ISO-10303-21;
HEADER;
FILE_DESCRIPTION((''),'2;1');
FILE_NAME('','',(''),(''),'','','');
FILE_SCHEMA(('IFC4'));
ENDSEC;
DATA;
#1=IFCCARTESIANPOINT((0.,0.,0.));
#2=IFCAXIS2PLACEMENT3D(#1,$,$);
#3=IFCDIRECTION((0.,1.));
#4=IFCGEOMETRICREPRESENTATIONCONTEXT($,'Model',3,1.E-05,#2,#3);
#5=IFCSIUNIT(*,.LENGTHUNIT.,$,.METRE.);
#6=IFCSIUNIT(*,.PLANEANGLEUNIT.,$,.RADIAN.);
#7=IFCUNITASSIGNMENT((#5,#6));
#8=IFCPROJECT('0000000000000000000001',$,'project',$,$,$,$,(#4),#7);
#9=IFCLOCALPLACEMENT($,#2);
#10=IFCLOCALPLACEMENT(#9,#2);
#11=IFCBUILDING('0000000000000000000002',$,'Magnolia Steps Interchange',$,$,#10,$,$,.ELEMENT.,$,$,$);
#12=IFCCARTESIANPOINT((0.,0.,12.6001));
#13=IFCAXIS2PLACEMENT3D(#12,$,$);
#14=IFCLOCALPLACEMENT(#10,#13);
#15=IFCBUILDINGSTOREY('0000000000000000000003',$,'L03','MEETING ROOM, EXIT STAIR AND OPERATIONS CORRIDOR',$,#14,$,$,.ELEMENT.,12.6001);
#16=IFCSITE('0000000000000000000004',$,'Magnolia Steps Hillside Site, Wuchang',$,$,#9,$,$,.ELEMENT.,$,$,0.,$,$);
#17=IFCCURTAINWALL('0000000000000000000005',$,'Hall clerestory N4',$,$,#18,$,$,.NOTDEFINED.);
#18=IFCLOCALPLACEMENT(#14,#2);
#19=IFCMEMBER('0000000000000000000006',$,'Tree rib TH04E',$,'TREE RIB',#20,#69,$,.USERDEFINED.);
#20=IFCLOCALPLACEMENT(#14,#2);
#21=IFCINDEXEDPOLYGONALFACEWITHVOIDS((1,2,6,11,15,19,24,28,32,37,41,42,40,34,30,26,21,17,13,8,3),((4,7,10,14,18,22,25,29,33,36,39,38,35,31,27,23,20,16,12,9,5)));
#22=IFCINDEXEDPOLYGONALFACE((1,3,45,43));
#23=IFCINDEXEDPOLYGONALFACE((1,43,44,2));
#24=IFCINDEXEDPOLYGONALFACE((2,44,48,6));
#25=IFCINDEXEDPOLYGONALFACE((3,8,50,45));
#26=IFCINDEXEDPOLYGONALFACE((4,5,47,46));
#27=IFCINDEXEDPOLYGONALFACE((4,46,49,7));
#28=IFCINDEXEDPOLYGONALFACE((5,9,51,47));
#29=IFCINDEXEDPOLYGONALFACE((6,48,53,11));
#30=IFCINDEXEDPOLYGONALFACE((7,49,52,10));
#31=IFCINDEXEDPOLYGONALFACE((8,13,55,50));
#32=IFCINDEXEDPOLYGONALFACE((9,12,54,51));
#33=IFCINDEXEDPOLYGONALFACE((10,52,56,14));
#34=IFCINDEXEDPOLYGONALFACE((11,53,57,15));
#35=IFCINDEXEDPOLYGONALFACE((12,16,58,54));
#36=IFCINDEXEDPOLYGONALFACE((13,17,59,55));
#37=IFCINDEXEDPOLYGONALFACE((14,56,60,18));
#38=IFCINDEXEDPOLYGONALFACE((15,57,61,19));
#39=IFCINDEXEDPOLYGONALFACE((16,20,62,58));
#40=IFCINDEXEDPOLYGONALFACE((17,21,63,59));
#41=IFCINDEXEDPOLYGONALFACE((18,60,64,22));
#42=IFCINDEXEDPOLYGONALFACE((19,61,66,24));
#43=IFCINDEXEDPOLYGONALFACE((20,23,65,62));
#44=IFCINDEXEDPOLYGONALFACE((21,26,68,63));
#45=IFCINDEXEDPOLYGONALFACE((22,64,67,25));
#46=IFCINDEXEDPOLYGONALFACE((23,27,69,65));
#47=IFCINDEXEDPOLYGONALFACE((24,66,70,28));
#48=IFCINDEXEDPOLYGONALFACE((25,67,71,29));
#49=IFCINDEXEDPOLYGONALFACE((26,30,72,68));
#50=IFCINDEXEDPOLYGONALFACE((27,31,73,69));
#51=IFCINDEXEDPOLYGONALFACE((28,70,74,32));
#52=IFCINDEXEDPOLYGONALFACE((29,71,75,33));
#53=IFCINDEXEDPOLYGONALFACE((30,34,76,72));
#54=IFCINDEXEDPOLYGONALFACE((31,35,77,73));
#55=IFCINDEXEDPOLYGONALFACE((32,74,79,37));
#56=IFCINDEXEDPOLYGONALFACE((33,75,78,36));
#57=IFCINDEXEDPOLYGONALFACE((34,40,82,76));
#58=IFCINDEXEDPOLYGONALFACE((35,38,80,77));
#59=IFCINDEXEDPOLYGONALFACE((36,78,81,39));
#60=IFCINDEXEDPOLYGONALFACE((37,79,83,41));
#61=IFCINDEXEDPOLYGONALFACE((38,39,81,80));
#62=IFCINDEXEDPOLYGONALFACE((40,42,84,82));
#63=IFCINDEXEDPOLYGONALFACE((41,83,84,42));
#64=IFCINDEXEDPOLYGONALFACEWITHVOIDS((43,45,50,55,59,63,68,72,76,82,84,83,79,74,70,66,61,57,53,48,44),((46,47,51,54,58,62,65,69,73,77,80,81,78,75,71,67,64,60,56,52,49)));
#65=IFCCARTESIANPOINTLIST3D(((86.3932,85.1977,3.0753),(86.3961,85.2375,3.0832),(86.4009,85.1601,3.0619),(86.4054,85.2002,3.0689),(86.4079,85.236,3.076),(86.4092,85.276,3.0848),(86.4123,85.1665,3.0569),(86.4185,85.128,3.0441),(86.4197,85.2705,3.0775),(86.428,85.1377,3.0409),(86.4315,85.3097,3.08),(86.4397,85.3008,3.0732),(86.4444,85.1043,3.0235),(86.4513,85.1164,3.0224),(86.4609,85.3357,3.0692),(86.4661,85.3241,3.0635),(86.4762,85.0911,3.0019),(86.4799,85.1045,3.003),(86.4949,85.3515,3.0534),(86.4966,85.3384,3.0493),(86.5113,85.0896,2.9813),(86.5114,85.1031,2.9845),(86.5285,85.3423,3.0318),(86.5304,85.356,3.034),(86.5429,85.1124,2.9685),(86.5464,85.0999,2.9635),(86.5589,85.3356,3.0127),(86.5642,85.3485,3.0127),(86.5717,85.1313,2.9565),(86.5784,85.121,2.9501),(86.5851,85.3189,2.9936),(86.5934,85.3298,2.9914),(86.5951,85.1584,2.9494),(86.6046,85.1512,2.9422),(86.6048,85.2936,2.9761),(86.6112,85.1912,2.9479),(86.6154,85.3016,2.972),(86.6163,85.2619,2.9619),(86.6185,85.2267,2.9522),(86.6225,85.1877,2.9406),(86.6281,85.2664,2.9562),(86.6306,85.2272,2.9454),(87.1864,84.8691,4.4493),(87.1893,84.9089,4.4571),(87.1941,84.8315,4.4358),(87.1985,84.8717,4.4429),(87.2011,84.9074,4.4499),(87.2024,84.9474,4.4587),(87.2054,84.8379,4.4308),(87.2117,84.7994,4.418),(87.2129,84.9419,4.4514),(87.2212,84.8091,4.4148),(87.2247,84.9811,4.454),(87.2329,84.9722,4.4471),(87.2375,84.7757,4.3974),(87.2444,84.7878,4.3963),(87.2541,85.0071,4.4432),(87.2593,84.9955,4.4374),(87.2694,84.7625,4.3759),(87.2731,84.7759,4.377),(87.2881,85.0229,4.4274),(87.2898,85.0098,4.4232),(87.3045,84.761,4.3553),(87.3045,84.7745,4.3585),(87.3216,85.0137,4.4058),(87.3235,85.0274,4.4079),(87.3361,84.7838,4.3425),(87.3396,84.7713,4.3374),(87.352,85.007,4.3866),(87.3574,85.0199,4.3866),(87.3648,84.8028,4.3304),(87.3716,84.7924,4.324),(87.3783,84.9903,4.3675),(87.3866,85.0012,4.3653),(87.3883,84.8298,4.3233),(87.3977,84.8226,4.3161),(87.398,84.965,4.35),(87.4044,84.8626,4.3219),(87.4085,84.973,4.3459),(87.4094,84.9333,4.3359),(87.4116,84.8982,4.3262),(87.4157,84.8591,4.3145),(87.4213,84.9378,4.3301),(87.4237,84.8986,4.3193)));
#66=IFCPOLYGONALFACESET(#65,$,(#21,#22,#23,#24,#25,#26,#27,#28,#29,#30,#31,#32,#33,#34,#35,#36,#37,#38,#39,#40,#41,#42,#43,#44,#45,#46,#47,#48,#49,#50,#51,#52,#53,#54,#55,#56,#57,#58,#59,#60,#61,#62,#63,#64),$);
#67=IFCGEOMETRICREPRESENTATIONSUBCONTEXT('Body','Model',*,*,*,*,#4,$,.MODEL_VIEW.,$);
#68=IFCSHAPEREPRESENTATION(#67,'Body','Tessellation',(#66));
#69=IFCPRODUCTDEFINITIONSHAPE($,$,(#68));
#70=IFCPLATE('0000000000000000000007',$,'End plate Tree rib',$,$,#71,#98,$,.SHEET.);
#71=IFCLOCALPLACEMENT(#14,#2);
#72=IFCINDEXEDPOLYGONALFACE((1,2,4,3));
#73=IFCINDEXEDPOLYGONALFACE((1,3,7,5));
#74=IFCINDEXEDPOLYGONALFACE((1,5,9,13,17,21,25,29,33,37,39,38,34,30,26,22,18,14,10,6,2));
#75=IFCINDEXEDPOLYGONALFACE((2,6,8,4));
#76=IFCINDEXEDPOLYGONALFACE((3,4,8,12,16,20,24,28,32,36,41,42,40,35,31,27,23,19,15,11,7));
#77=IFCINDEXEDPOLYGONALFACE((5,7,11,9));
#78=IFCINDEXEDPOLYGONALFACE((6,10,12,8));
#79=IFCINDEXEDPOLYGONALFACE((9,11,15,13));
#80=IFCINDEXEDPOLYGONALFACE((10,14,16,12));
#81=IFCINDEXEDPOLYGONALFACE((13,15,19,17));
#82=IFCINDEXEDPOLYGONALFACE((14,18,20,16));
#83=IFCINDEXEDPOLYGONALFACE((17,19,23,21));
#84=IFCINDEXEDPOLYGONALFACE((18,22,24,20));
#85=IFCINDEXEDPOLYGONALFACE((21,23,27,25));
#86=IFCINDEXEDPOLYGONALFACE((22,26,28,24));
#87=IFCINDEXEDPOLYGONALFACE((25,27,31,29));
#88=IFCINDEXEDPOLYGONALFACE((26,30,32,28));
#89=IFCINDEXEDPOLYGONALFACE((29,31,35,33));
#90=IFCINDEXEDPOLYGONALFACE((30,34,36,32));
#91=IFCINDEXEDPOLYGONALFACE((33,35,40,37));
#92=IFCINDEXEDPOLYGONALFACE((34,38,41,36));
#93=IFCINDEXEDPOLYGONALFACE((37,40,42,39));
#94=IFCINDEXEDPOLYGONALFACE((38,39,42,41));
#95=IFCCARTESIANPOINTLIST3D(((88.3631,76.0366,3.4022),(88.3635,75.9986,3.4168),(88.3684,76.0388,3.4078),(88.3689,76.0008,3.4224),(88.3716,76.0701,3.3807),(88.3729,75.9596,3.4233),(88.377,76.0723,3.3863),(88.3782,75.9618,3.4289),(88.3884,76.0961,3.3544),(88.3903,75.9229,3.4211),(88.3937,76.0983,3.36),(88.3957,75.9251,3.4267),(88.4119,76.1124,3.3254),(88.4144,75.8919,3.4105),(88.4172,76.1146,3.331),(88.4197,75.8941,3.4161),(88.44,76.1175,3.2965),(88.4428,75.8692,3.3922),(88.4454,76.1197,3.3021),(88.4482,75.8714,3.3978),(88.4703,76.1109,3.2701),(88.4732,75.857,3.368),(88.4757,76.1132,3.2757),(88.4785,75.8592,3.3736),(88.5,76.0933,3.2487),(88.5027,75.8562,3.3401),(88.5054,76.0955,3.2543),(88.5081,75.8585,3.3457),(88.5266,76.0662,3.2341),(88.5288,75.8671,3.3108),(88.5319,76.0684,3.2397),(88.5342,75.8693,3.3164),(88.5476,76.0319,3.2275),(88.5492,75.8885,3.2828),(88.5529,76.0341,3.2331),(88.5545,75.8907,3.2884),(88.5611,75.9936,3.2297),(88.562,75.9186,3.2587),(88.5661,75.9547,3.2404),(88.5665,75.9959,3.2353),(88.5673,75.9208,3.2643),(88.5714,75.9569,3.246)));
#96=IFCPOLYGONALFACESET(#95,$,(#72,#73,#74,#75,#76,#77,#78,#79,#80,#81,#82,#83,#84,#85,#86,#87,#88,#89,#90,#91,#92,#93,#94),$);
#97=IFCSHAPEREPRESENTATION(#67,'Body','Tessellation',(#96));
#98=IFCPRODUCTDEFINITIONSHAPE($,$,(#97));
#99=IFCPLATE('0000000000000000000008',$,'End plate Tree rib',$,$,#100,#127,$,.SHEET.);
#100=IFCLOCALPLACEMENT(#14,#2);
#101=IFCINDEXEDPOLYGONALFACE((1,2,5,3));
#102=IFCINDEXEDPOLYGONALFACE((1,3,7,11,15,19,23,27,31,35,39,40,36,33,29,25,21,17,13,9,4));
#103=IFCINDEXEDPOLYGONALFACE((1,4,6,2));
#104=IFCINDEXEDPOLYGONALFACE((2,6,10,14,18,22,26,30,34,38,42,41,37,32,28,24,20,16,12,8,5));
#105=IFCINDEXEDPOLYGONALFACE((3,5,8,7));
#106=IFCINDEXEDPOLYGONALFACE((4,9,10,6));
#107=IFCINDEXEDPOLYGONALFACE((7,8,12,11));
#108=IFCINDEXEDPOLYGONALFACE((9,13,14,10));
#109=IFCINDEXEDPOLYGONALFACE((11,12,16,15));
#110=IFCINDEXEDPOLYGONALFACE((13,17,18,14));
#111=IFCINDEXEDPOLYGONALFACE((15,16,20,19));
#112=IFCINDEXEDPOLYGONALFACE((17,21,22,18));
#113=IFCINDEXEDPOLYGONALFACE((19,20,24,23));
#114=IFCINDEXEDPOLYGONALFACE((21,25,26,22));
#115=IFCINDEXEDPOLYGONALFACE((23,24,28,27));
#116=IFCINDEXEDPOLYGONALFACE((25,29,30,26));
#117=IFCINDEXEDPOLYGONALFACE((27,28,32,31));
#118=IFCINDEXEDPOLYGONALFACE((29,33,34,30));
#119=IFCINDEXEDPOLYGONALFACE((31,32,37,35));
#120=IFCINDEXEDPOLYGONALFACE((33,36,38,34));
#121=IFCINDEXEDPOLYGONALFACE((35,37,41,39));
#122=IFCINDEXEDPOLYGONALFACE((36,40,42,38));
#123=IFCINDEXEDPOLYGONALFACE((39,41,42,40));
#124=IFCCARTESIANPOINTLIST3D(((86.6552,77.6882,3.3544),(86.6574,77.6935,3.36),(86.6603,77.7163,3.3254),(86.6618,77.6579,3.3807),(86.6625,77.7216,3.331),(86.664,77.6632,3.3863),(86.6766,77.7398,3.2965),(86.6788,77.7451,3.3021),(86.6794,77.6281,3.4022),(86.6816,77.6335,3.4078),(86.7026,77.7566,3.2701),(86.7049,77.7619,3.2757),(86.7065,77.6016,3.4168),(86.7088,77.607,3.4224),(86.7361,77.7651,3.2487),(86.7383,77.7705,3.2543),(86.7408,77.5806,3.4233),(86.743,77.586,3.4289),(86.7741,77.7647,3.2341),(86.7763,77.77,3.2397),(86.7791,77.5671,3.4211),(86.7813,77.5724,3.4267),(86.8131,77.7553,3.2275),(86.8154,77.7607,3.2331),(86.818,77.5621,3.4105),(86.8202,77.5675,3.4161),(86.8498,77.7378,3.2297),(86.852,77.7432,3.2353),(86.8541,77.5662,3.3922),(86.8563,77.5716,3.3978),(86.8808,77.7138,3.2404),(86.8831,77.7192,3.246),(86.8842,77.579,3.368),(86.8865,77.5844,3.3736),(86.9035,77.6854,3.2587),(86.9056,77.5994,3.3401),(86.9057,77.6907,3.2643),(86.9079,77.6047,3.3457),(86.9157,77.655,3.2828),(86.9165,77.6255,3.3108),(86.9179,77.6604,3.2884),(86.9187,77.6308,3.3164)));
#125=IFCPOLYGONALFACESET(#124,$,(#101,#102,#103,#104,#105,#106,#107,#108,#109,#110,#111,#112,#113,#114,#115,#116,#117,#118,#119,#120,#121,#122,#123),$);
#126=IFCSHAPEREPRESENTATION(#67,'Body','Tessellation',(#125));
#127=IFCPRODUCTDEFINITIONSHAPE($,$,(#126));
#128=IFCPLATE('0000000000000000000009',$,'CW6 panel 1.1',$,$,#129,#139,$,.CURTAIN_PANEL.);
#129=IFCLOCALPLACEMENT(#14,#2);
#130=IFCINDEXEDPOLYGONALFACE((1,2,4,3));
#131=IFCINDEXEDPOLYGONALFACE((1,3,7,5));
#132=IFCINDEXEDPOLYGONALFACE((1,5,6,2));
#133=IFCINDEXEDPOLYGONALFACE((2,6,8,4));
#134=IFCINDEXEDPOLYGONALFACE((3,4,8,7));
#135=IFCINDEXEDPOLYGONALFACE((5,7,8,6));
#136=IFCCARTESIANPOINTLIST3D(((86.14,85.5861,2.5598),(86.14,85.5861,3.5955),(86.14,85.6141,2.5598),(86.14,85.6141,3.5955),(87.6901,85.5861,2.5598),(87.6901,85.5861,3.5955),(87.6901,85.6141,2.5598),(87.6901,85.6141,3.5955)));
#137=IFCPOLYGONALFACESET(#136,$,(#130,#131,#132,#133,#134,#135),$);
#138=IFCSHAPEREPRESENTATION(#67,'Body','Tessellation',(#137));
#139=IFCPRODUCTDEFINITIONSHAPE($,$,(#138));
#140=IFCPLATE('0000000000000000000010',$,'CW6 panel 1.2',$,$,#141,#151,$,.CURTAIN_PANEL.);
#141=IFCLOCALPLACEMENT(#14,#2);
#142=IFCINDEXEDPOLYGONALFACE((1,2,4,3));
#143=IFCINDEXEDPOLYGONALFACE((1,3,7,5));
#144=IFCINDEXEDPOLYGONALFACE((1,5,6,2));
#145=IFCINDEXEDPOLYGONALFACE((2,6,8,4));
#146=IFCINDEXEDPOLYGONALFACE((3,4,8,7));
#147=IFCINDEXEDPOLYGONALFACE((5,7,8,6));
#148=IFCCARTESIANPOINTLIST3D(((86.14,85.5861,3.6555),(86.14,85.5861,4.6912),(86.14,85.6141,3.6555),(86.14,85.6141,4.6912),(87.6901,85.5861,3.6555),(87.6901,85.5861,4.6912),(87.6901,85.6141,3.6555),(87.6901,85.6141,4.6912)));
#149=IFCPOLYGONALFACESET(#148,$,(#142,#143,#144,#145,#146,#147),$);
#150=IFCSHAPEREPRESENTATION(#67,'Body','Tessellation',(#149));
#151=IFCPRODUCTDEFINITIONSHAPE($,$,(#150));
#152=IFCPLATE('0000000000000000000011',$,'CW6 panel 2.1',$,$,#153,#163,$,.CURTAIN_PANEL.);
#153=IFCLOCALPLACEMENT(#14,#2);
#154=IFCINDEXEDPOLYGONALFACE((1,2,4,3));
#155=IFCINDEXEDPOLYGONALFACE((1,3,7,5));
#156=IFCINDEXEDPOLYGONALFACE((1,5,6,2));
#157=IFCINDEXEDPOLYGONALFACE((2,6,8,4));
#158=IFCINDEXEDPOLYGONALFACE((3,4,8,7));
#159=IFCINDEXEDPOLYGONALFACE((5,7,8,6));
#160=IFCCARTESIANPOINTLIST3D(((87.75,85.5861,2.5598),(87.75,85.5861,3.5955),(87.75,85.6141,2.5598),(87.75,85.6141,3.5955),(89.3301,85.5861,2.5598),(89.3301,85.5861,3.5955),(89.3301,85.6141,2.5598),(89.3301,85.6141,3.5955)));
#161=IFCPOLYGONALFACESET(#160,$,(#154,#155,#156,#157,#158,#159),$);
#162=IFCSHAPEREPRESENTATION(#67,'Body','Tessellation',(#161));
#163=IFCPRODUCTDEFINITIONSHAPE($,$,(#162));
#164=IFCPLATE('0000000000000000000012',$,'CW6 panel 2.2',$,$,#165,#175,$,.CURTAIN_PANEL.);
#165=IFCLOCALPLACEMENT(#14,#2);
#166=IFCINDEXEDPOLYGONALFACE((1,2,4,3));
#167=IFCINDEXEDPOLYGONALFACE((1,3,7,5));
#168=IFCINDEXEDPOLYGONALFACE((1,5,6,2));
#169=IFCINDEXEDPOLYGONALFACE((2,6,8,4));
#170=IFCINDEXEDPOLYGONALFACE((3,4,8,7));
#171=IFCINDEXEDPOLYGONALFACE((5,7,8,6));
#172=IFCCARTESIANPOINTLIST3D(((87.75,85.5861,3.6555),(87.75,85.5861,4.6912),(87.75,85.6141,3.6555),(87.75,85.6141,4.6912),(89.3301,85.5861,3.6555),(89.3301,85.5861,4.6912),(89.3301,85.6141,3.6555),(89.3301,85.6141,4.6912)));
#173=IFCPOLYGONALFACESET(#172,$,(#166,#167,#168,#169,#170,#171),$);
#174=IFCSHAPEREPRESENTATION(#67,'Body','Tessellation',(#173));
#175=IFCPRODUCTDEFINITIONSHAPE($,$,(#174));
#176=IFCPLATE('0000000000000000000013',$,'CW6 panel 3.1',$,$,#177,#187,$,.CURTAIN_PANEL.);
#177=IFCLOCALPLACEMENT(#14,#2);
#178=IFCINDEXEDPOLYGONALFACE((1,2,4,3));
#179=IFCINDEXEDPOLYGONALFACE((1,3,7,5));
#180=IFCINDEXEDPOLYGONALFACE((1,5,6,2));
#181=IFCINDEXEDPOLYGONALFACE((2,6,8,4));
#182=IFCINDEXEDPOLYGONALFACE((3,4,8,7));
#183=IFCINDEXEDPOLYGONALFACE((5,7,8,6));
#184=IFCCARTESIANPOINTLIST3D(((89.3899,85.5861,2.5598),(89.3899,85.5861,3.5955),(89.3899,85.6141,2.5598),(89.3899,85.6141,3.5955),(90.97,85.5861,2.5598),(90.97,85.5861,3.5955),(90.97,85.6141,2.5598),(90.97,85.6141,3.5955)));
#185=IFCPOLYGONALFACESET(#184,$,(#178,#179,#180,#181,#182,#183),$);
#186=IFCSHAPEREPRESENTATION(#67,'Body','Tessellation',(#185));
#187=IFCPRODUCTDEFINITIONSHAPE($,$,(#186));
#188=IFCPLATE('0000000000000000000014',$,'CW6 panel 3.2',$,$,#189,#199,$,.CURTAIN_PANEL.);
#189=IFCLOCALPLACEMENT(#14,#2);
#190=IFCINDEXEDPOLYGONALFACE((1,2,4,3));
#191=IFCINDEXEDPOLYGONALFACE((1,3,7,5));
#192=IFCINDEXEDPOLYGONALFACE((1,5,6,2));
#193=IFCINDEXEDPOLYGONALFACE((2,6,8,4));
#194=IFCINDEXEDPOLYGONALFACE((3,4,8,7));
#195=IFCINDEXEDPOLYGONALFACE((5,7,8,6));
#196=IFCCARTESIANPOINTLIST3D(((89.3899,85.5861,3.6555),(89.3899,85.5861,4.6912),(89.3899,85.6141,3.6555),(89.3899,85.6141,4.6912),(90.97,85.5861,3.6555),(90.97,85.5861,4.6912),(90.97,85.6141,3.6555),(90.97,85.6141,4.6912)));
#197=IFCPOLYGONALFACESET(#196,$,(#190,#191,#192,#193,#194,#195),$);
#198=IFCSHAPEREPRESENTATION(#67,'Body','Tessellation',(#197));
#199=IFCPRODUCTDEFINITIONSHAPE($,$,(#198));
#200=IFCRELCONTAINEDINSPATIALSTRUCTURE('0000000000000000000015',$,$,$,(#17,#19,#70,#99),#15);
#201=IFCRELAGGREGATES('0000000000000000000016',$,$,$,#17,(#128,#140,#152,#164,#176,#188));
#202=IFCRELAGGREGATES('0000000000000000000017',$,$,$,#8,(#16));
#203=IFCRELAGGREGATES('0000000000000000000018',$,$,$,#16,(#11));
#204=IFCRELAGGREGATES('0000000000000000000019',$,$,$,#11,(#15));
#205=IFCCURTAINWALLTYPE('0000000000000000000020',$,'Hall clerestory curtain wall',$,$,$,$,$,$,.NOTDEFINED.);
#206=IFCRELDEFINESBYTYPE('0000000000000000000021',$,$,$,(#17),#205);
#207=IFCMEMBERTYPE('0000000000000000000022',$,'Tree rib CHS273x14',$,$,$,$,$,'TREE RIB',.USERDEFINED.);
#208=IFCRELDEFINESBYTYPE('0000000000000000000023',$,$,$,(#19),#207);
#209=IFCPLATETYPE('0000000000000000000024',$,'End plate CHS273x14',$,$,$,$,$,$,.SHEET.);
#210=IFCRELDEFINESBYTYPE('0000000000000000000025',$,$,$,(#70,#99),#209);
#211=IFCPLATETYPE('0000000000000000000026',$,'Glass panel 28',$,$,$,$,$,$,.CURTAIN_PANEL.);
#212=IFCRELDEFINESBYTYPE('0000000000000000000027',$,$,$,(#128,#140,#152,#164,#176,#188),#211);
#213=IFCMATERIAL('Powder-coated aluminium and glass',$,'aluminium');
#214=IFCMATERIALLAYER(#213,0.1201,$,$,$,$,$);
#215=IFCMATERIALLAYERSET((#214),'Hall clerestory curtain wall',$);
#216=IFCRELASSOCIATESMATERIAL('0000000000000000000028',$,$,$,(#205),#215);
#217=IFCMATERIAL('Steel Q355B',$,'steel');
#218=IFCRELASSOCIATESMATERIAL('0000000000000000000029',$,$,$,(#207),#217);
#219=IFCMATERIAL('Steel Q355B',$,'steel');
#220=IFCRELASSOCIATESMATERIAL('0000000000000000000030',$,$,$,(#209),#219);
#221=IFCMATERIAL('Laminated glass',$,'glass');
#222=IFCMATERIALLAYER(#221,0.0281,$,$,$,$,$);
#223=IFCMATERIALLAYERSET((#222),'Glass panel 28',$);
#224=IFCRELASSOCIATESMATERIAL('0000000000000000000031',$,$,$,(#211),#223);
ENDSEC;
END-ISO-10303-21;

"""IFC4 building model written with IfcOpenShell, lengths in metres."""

from ifc_helpers import new_model, si_unit, direction, frame, origin, origin_2d, place, context, subcontext, project, spatial, rectangle, circle, hollow_circle, extrude, material, layer, layer_set, material_profile, profile_set, type_object, element, aggregate, save


model = new_model("IFC4")

# Units and contexts
model_context = context("Model", 3, precision=1e-05, world=origin(), true_north=direction((0.0, 1.0)))
body_context = subcontext(model_context, "Body", "Model", "MODEL_VIEW")
ifc_project = project(units=[si_unit("LENGTHUNIT", "METRE"), si_unit("PLANEANGLEUNIT", "RADIAN")], contexts=[model_context])

# Site, building, storey
site_placement = place(None, origin())
site = spatial("IfcSite", under=ifc_project, at=site_placement, Name="Magnolia Steps Hillside Site, Wuchang", CompositionType="ELEMENT", RefElevation=0.0)
building_placement = place(site_placement, origin())
building = spatial("IfcBuilding", under=site, at=building_placement, Name="Magnolia Steps Interchange", CompositionType="ELEMENT")
storey_placement = place(building_placement, frame((0.0, 0.0, 12.6001)))
storey = spatial("IfcBuildingStorey", under=building, at=storey_placement, Name="L03", Description="MEETING ROOM, EXIT STAIR AND OPERATIONS CORRIDOR", CompositionType="ELEMENT", Elevation=12.6001)

# Curtain wall
ifc_material_1 = material(Name="Powder-coated aluminium and glass", Category="aluminium")
ifc_layer_1 = layer(ifc_material_1, 0.1201)
ifc_layer_set_1 = layer_set([ifc_layer_1], Name="Hall clerestory curtain wall")
curtain_wall_type = type_object("IfcCurtainWallType", Name="Hall clerestory curtain wall", PredefinedType="NOTDEFINED", material=ifc_layer_set_1)
curtain_wall_placement = place(storey_placement, origin())
curtain_wall = element("IfcCurtainWall", 1, at=curtain_wall_placement, inside=storey, type_object=curtain_wall_type, Name="Hall clerestory N4", PredefinedType="NOTDEFINED")

# Member
ifc_material_2 = material(Name="Steel Q355B", Category="steel")
ifc_material_profile_1 = material_profile(ifc_material_2, hollow_circle(Radius=0.1365, WallThickness=0.0139, at=origin_2d()), Name="CHS273x14")
ifc_profile_set_1 = profile_set([ifc_material_profile_1], Name="Steel Q355B")
member_type_1 = type_object("IfcMemberType", Name="Tree rib CHS273x14", ElementType="TREE RIB", PredefinedType="USERDEFINED", material=ifc_profile_set_1)
for number, where, z_axis, x_axis, name in (
    (2, (86.512, 85.2224, 3.0127), (0.489571, -0.20282, 0.848047), (0.382737, 0.923857, 0.0), "Tree rib TH04E"),
):
    element("IfcMember", number, at=place(storey_placement, frame(where, z_axis=z_axis, x_axis=x_axis)), inside=storey, type_object=member_type_1, Name=name, ObjectType="TREE RIB", PredefinedType="USERDEFINED", context=body_context, shape_type="SweptSolid", body=[
        extrude(hollow_circle(Radius=0.1365, WallThickness=0.0139, at=origin_2d()), origin(), (0.0, 0.0, 1.0), 1.6201),
    ])

# Plates
ifc_material_3 = material(Name="Steel Q355B", Category="steel")
ifc_material_profile_2 = material_profile(ifc_material_3, circle(Radius=0.1365, at=origin_2d()), Name="End plate CHS273x14")
ifc_profile_set_2 = profile_set([ifc_material_profile_2], Name="Steel Q355B")
plate_type_1 = type_object("IfcPlateType", Name="End plate CHS273x14", PredefinedType="SHEET", material=ifc_profile_set_2)
for number, where, z_axis, x_axis, name in (
    (3, (88.4641, 75.9863, 3.3254), (0.664583, 0.275279, 0.694658), (-0.382683, 0.92388, 0.0), "End plate Tree rib"),
    (4, (86.7864, 77.6641, 3.3254), (0.275279, 0.664583, 0.694658), (-0.92388, 0.382683, 0.0), "End plate Tree rib"),
):
    element("IfcPlate", number, at=place(storey_placement, frame(where, z_axis=z_axis, x_axis=x_axis)), inside=storey, type_object=plate_type_1, Name=name, PredefinedType="SHEET", context=body_context, shape_type="SweptSolid", body=[
        extrude(circle(Radius=0.1365, at=origin_2d()), origin(), (0.0, 0.0, 1.0), 0.0081),
    ])

# Plates
ifc_material_4 = material(Name="Laminated glass", Category="glass")
ifc_layer_2 = layer(ifc_material_4, 0.0281)
ifc_layer_set_2 = layer_set([ifc_layer_2], Name="Glass panel 28")
plate_type_2 = type_object("IfcPlateType", Name="Glass panel 28", PredefinedType="CURTAIN_PANEL", material=ifc_layer_set_2)
plate_1_placement = place(storey_placement, frame((86.915, 85.6001, 2.5598), z_axis=(0.0, 0.0, 1.0), x_axis=(1.0, 0.0, 0.0)))
plate_1 = element("IfcPlate", 5, at=plate_1_placement, type_object=plate_type_2, Name="CW6 panel 1.1", PredefinedType="CURTAIN_PANEL", context=body_context, shape_type="SweptSolid", body=[
    extrude(rectangle(XDim=1.55, YDim=0.0281, at=origin_2d()), origin(), (0.0, 0.0, 1.0), 1.0356),
])
plate_2_placement = place(storey_placement, frame((86.915, 85.6001, 3.6555), z_axis=(0.0, 0.0, 1.0), x_axis=(1.0, 0.0, 0.0)))
plate_2 = element("IfcPlate", 6, at=plate_2_placement, type_object=plate_type_2, Name="CW6 panel 1.2", PredefinedType="CURTAIN_PANEL", context=body_context, shape_type="SweptSolid", body=[
    extrude(rectangle(XDim=1.55, YDim=0.0281, at=origin_2d()), origin(), (0.0, 0.0, 1.0), 1.0356),
])
plate_3_placement = place(storey_placement, frame((88.54, 85.6001, 2.5598), z_axis=(0.0, 0.0, 1.0), x_axis=(1.0, 0.0, 0.0)))
plate_3 = element("IfcPlate", 7, at=plate_3_placement, type_object=plate_type_2, Name="CW6 panel 2.1", PredefinedType="CURTAIN_PANEL", context=body_context, shape_type="SweptSolid", body=[
    extrude(rectangle(XDim=1.5801, YDim=0.0281, at=origin_2d()), origin(), (0.0, 0.0, 1.0), 1.0356),
])
plate_4_placement = place(storey_placement, frame((88.54, 85.6001, 3.6555), z_axis=(0.0, 0.0, 1.0), x_axis=(1.0, 0.0, 0.0)))
plate_4 = element("IfcPlate", 8, at=plate_4_placement, type_object=plate_type_2, Name="CW6 panel 2.2", PredefinedType="CURTAIN_PANEL", context=body_context, shape_type="SweptSolid", body=[
    extrude(rectangle(XDim=1.5801, YDim=0.0281, at=origin_2d()), origin(), (0.0, 0.0, 1.0), 1.0356),
])
plate_5_placement = place(storey_placement, frame((90.1799, 85.6001, 2.5598), z_axis=(0.0, 0.0, 1.0), x_axis=(1.0, 0.0, 0.0)))
plate_5 = element("IfcPlate", 9, at=plate_5_placement, type_object=plate_type_2, Name="CW6 panel 3.1", PredefinedType="CURTAIN_PANEL", context=body_context, shape_type="SweptSolid", body=[
    extrude(rectangle(XDim=1.5801, YDim=0.0281, at=origin_2d()), origin(), (0.0, 0.0, 1.0), 1.0356),
])
plate_6_placement = place(storey_placement, frame((90.1799, 85.6001, 3.6555), z_axis=(0.0, 0.0, 1.0), x_axis=(1.0, 0.0, 0.0)))
plate_6 = element("IfcPlate", 10, at=plate_6_placement, type_object=plate_type_2, Name="CW6 panel 3.2", PredefinedType="CURTAIN_PANEL", context=body_context, shape_type="SweptSolid", body=[
    extrude(rectangle(XDim=1.5801, YDim=0.0281, at=origin_2d()), origin(), (0.0, 0.0, 1.0), 1.0356),
])
aggregate(curtain_wall, [plate_1, plate_2, plate_3, plate_4, plate_5, plate_6])

save(model, "model.ifc")
